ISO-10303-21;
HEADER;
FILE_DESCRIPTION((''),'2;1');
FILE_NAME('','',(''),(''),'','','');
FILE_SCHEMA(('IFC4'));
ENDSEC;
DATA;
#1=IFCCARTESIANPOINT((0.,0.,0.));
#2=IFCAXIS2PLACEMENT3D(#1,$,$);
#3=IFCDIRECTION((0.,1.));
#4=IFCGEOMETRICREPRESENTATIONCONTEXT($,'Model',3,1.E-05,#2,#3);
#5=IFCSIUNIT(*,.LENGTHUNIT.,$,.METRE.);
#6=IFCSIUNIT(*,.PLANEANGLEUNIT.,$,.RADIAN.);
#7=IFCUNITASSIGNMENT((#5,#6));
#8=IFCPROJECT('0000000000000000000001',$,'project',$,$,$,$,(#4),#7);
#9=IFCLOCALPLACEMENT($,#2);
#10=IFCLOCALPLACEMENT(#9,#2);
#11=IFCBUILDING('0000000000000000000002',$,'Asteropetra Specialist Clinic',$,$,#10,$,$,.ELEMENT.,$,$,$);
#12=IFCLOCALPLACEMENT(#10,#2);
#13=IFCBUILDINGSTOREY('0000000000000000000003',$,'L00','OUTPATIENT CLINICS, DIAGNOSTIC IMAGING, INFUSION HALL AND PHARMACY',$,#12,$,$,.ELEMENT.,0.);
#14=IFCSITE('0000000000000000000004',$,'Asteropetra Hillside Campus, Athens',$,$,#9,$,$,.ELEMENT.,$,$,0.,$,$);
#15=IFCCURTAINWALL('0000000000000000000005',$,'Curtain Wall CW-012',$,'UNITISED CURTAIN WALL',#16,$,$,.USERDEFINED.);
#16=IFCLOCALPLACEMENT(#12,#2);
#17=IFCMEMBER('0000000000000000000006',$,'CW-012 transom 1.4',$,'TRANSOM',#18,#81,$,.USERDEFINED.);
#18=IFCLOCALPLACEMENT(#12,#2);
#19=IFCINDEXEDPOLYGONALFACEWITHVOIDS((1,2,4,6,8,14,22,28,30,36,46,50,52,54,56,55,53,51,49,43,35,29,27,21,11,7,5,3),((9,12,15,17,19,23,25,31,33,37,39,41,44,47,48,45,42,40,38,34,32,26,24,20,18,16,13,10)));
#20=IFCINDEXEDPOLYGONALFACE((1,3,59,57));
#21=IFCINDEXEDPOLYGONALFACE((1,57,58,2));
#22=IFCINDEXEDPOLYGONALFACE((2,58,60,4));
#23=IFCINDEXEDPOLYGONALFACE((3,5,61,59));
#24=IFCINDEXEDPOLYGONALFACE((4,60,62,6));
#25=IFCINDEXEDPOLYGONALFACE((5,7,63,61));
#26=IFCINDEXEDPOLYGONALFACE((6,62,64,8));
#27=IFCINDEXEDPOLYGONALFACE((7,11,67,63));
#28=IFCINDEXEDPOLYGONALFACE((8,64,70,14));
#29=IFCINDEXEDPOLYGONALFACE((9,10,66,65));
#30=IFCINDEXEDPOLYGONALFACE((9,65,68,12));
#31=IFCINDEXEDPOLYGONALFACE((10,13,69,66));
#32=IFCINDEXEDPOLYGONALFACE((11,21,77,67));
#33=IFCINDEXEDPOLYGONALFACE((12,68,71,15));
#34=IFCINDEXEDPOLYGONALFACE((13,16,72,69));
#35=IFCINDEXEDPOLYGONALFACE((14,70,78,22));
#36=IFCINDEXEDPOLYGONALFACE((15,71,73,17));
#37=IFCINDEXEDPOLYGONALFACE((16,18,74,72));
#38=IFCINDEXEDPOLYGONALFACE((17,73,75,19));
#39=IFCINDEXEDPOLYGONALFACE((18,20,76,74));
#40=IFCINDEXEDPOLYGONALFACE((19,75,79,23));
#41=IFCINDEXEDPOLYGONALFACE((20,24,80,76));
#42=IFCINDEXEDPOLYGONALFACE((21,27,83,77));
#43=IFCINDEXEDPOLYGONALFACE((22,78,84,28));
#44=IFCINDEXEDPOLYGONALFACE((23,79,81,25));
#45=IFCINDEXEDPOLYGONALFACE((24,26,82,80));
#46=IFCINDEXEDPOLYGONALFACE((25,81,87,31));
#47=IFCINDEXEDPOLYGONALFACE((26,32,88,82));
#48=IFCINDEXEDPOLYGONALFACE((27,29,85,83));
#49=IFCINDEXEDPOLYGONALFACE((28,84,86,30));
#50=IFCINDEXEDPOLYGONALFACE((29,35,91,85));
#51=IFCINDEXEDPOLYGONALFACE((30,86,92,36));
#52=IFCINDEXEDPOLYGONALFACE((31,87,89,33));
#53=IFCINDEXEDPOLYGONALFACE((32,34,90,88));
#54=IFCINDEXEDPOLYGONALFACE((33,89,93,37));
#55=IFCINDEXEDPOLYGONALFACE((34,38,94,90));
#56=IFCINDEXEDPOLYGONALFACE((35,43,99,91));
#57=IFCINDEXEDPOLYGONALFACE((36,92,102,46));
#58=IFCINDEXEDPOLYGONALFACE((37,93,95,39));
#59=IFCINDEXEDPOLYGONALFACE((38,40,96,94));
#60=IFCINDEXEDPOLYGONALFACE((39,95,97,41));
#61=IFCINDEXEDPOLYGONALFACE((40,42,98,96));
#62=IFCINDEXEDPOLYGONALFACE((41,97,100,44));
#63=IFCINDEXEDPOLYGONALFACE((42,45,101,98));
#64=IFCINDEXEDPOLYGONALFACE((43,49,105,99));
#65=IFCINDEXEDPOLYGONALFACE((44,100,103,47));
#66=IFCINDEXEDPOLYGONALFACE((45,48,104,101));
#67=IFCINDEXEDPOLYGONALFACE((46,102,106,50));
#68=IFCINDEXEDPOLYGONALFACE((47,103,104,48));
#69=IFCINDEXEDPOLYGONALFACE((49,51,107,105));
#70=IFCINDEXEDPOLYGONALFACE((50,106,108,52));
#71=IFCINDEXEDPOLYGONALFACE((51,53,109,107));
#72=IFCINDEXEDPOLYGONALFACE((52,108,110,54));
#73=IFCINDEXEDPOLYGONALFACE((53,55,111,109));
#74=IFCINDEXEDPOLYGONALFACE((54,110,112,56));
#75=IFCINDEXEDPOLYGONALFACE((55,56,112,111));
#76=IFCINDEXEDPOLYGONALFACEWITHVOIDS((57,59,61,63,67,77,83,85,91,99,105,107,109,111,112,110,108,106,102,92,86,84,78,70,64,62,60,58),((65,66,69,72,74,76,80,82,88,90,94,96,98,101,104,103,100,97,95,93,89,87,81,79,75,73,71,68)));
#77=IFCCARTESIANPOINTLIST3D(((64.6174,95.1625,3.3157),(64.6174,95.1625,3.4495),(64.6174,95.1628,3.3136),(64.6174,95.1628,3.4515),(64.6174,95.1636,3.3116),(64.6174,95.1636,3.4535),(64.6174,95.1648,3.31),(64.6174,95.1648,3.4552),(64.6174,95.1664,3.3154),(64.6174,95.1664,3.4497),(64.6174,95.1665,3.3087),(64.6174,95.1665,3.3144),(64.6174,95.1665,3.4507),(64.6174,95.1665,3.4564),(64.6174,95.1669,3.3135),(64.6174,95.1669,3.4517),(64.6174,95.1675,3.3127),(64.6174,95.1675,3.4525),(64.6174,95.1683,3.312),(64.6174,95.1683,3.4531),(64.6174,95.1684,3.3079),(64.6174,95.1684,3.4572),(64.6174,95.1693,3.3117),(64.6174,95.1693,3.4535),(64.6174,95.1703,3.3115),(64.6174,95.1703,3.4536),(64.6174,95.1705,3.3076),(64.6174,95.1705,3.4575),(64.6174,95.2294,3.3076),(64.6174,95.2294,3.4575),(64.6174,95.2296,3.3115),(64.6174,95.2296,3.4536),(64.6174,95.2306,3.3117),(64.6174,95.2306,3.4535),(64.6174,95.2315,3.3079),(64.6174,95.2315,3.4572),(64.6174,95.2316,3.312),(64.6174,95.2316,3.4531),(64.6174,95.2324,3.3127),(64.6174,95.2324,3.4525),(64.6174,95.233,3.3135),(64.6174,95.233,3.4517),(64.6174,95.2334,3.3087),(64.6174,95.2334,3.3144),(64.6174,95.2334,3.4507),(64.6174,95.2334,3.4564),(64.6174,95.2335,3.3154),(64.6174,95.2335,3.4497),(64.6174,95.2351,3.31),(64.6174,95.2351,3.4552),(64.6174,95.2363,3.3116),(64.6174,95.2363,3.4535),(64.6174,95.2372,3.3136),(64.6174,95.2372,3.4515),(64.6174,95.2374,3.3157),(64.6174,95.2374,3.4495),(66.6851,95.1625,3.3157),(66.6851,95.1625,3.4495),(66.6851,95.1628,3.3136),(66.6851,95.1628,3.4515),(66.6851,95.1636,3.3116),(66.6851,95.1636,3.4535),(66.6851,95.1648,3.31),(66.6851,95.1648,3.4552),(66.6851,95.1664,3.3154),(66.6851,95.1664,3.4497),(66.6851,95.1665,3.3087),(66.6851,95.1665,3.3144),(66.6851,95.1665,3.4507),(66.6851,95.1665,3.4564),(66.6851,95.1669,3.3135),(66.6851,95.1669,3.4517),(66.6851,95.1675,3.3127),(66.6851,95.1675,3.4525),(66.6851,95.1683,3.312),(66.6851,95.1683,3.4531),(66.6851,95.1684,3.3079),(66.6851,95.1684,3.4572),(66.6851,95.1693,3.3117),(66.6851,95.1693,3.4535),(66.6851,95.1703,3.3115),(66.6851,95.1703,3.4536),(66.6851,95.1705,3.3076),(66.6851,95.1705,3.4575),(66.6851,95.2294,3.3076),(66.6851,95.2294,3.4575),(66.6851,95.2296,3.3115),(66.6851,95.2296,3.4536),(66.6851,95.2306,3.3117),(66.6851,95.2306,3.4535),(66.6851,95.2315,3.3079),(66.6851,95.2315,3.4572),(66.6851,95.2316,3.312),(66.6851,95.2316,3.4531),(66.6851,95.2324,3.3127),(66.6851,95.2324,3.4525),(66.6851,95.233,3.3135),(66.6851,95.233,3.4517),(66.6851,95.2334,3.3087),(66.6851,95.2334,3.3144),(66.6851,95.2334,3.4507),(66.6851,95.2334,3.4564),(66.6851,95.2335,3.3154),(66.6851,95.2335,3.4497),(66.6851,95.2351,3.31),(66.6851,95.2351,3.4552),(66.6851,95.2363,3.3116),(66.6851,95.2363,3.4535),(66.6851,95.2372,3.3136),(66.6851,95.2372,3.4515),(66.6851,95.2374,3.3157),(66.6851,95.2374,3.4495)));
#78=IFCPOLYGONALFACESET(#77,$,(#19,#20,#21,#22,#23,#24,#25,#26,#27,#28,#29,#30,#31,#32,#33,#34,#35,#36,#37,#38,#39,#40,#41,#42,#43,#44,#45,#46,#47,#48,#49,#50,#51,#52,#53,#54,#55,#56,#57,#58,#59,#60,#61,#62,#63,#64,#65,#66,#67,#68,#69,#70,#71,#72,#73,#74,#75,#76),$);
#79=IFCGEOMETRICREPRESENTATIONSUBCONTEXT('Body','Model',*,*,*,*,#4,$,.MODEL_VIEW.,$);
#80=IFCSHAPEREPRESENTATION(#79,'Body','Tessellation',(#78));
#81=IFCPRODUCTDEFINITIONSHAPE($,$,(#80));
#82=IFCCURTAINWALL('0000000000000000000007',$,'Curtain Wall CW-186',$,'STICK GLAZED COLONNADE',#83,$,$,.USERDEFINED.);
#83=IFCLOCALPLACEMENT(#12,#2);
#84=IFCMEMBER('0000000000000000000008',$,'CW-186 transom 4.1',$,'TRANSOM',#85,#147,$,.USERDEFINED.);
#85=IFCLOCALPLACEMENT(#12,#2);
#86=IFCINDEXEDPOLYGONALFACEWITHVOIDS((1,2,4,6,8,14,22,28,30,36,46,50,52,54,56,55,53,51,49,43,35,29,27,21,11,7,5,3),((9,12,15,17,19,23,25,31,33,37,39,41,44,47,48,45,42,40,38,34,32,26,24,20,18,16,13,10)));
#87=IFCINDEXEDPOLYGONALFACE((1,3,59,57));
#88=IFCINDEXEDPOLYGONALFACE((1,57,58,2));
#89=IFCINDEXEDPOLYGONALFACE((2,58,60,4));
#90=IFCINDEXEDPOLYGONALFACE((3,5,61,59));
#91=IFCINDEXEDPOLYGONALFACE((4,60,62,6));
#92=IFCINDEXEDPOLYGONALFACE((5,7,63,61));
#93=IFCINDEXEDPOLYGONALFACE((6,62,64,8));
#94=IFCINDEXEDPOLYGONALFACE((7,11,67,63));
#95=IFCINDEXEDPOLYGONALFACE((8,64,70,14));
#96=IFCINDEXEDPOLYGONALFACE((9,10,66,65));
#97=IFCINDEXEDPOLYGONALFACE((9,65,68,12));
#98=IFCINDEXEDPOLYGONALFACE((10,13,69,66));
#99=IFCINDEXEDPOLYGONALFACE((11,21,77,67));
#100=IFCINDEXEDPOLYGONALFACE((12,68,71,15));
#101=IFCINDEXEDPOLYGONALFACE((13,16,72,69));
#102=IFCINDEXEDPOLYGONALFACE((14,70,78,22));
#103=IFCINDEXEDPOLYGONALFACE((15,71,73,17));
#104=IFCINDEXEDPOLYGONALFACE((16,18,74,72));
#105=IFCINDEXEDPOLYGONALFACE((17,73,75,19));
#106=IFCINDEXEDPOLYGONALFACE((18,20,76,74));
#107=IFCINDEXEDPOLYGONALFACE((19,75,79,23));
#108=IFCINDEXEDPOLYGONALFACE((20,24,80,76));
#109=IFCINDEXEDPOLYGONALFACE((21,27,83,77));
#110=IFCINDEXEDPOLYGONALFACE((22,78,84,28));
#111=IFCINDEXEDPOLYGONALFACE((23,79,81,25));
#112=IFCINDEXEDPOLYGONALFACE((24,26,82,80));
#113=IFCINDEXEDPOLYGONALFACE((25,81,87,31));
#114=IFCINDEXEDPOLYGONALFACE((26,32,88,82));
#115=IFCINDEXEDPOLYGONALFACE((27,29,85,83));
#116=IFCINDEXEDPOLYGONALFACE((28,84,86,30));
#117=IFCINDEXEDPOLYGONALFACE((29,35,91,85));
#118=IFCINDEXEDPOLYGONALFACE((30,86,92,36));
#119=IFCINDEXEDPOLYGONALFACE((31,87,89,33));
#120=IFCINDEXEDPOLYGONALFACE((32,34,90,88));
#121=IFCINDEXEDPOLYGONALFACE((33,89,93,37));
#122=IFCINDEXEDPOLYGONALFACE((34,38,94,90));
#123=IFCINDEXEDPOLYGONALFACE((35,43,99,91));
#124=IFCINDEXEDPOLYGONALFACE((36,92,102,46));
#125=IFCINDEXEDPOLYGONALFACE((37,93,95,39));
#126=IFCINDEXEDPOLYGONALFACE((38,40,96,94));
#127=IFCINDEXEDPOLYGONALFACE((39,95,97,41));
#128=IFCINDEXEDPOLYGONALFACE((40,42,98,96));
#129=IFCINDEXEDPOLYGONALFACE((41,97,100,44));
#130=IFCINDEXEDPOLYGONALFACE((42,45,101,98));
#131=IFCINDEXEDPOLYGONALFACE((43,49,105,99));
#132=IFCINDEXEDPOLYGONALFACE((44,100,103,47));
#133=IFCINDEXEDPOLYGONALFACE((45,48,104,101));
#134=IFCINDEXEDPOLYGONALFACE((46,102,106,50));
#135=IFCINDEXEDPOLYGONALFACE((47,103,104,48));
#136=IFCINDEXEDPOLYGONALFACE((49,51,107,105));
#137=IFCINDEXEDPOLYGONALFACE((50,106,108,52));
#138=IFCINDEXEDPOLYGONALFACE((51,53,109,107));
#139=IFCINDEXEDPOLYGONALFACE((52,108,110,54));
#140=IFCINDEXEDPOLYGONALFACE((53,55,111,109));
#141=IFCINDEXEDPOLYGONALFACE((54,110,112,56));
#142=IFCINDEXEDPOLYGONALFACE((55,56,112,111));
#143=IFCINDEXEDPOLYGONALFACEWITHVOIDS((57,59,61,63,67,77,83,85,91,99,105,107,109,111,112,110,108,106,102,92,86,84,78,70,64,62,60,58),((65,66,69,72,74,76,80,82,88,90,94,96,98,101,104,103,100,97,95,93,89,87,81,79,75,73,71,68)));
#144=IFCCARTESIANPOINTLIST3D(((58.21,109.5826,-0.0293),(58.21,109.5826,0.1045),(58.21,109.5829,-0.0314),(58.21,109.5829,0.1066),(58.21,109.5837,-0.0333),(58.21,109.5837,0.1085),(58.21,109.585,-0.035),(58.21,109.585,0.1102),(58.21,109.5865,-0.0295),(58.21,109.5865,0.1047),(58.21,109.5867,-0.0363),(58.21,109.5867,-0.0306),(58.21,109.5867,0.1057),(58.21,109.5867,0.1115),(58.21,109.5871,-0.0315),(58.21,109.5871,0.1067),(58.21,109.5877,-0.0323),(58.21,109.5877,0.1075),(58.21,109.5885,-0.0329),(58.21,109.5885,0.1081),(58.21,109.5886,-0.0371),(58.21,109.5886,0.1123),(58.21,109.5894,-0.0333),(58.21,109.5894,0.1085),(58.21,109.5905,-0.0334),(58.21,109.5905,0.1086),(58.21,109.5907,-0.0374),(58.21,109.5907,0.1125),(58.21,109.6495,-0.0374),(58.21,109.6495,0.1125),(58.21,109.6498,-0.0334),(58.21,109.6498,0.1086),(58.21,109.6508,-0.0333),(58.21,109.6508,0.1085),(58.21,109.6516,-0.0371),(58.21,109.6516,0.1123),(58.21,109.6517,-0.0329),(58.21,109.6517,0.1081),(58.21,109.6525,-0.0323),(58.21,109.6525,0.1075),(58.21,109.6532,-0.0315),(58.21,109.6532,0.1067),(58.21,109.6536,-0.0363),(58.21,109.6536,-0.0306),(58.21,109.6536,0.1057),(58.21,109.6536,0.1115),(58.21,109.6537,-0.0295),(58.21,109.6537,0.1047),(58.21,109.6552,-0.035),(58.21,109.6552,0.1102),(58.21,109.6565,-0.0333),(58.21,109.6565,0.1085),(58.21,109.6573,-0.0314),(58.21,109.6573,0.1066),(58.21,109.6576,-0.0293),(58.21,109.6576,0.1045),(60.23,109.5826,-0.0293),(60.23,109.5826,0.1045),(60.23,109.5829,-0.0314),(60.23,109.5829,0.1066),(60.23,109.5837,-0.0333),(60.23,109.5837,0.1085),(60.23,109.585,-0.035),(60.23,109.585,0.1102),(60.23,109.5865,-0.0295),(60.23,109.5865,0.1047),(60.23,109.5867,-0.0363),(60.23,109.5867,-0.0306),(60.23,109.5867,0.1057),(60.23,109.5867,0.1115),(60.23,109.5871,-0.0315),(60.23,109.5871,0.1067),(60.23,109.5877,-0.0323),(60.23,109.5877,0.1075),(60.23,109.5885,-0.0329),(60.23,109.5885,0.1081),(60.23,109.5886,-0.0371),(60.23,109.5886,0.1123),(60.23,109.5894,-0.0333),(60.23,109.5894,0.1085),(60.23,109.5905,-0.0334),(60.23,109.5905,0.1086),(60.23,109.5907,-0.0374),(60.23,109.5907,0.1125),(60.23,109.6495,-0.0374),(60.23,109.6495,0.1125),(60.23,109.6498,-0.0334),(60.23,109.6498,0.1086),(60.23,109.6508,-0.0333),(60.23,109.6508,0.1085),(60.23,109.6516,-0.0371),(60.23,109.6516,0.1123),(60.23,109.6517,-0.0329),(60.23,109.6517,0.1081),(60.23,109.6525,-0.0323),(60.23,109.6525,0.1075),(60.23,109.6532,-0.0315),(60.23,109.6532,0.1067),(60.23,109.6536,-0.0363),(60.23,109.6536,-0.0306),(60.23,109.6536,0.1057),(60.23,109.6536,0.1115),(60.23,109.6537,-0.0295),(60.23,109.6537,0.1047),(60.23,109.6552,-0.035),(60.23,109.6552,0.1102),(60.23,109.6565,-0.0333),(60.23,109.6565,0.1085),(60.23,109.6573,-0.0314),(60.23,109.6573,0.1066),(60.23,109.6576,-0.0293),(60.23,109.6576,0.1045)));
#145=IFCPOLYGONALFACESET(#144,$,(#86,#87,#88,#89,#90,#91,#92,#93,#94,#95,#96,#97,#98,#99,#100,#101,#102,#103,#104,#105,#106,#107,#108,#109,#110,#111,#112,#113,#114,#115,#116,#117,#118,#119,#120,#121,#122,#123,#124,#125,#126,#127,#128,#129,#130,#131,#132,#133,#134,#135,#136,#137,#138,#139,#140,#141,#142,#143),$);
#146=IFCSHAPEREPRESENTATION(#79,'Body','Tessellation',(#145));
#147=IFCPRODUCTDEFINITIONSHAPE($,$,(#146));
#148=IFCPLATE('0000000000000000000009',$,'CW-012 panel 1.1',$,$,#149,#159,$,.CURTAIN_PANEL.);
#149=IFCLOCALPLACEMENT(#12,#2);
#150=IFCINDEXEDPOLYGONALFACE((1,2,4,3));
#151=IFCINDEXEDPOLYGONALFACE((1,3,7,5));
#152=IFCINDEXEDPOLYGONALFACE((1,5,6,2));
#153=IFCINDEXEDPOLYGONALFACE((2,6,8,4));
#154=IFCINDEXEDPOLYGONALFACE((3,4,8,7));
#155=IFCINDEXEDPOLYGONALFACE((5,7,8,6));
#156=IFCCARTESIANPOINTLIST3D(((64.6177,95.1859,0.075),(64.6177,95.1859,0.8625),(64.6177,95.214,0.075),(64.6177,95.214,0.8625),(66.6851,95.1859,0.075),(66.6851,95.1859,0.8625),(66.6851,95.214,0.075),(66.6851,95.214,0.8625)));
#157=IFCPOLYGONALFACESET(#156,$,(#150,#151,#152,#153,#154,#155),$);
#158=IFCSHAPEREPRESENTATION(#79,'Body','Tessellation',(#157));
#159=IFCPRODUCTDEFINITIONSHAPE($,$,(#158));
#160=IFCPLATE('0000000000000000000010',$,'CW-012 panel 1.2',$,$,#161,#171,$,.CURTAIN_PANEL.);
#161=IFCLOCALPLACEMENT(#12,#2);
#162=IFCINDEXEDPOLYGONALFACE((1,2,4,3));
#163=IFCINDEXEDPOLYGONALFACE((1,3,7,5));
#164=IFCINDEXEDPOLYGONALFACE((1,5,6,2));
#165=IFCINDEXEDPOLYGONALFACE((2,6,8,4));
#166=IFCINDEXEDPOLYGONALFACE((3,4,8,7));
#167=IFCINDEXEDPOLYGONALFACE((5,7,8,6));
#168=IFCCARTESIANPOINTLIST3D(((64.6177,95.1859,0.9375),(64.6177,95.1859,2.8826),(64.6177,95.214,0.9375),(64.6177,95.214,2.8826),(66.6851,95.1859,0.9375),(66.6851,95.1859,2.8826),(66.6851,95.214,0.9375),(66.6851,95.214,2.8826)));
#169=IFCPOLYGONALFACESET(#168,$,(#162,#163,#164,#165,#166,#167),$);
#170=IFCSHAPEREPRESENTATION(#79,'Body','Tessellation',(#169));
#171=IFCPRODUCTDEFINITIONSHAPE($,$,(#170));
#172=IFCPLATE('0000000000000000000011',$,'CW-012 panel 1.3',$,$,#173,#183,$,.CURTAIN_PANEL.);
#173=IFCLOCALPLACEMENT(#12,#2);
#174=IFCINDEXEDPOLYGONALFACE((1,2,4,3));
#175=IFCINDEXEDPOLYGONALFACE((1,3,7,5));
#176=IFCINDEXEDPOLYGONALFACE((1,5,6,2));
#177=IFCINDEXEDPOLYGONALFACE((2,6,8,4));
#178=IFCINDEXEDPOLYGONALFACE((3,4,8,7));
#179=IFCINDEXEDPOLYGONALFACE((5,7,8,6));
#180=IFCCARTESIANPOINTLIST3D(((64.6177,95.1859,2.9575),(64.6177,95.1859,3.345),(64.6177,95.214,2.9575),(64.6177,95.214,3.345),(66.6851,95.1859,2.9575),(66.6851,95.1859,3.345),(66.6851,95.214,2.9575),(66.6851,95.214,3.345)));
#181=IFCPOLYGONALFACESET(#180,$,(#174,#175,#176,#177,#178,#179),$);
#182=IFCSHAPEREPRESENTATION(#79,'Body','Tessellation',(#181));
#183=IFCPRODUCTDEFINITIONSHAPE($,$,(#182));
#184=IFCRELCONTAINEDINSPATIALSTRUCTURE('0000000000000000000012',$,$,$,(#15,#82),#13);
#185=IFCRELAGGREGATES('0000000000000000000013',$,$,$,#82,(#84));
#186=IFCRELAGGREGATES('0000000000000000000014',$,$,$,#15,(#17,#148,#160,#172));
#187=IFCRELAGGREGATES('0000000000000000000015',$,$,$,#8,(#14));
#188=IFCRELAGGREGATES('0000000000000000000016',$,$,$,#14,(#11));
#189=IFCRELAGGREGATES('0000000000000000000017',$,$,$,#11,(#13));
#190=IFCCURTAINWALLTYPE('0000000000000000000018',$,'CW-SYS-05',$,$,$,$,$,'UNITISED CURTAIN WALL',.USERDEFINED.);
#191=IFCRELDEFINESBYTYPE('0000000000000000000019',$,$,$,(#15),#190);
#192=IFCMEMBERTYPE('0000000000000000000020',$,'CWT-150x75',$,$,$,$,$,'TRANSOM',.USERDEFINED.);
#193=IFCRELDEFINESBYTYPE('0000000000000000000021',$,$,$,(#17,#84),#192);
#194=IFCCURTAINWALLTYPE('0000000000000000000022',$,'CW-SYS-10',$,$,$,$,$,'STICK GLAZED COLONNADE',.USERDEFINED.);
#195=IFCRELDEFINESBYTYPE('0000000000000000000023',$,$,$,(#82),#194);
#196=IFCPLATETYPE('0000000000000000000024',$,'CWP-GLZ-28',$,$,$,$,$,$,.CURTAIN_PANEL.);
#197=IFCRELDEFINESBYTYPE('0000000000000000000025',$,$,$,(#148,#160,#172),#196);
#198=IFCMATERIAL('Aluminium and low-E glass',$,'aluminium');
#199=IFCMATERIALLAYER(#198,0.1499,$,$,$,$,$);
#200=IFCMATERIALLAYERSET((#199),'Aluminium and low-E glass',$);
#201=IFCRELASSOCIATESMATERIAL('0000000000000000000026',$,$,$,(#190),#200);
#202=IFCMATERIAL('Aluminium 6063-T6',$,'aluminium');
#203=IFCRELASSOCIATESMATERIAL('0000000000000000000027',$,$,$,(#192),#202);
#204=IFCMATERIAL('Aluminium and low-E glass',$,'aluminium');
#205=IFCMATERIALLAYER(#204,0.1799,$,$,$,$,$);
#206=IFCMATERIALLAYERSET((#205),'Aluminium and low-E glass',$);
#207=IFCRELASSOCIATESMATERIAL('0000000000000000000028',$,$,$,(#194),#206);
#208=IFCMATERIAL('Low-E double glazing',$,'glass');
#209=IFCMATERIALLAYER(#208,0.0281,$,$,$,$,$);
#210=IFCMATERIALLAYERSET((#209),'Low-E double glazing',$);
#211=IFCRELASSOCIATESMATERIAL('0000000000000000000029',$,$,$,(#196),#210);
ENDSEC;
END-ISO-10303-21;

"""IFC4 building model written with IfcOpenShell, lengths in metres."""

from ifc_helpers import new_model, si_unit, direction, frame, origin, origin_2d, place, context, subcontext, project, spatial, rectangle, hollow_rectangle, extrude, material, layer, layer_set, material_profile, profile_set, type_object, element, aggregate, save


model = new_model("IFC4")

# Units and contexts
model_context = context("Model", 3, precision=1e-05, world=origin(), true_north=direction((0.0, 1.0)))
body_context = subcontext(model_context, "Body", "Model", "MODEL_VIEW")
ifc_project = project(units=[si_unit("LENGTHUNIT", "METRE"), si_unit("PLANEANGLEUNIT", "RADIAN")], contexts=[model_context])

# Site, building, storey
site_placement = place(None, origin())
site = spatial("IfcSite", under=ifc_project, at=site_placement, Name="Asteropetra Hillside Campus, Athens", CompositionType="ELEMENT", RefElevation=0.0)
building_placement = place(site_placement, origin())
building = spatial("IfcBuilding", under=site, at=building_placement, Name="Asteropetra Specialist Clinic", CompositionType="ELEMENT")
storey_placement = place(building_placement, origin())
storey = spatial("IfcBuildingStorey", under=building, at=storey_placement, Name="L00", Description="OUTPATIENT CLINICS, DIAGNOSTIC IMAGING, INFUSION HALL AND PHARMACY", CompositionType="ELEMENT", Elevation=0.0)

# Curtain wall, member
ifc_material_1 = material(Name="Aluminium and low-E glass", Category="aluminium")
ifc_layer_1 = layer(ifc_material_1, 0.1499)
ifc_layer_set_1 = layer_set([ifc_layer_1], Name="Aluminium and low-E glass")
curtain_wall_type_1 = type_object("IfcCurtainWallType", Name="CW-SYS-05", ElementType="UNITISED CURTAIN WALL", PredefinedType="USERDEFINED", material=ifc_layer_set_1)
curtain_wall_1_placement = place(storey_placement, origin())
curtain_wall_1 = element("IfcCurtainWall", 1, at=curtain_wall_1_placement, inside=storey, type_object=curtain_wall_type_1, Name="Curtain Wall CW-012", ObjectType="UNITISED CURTAIN WALL", PredefinedType="USERDEFINED")
ifc_material_2 = material(Name="Aluminium 6063-T6", Category="aluminium")
ifc_material_profile_1 = material_profile(ifc_material_2, hollow_rectangle(XDim=0.075, YDim=0.1499, WallThickness=0.0039, InnerFilletRadius=0.0039, OuterFilletRadius=0.0081, at=origin_2d()), Name="TRN 150x75x4.0")
ifc_profile_set_1 = profile_set([ifc_material_profile_1], Name="Aluminium 6063-T6")
member_type_1 = type_object("IfcMemberType", Name="CWT-150x75", ElementType="TRANSOM", PredefinedType="USERDEFINED", material=ifc_profile_set_1)
member_1_placement = place(storey_placement, frame((66.6851, 95.2, 3.3826), z_axis=(-1.0, 0.0, 0.0), x_axis=(0.0, -1.0, 0.0)))
member_1 = element("IfcMember", 2, at=member_1_placement, type_object=member_type_1, Name="CW-012 transom 1.4", ObjectType="TRANSOM", PredefinedType="USERDEFINED", context=body_context, shape_type="SweptSolid", body=[
    extrude(hollow_rectangle(XDim=0.075, YDim=0.1499, WallThickness=0.0039, InnerFilletRadius=0.0039, OuterFilletRadius=0.0081, at=origin_2d()), origin(), (0.0, 0.0, 1.0), 2.0676),
])

# Curtain wall, member
ifc_material_3 = material(Name="Aluminium and low-E glass", Category="aluminium")
ifc_layer_2 = layer(ifc_material_3, 0.1799)
ifc_layer_set_2 = layer_set([ifc_layer_2], Name="Aluminium and low-E glass")
curtain_wall_type_2 = type_object("IfcCurtainWallType", Name="CW-SYS-10", ElementType="STICK GLAZED COLONNADE", PredefinedType="USERDEFINED", material=ifc_layer_set_2)
curtain_wall_2_placement = place(storey_placement, origin())
curtain_wall_2 = element("IfcCurtainWall", 3, at=curtain_wall_2_placement, inside=storey, type_object=curtain_wall_type_2, Name="Curtain Wall CW-186", ObjectType="STICK GLAZED COLONNADE", PredefinedType="USERDEFINED")
member_2_placement = place(storey_placement, frame((60.23, 109.6201, 0.0376), z_axis=(-1.0, 0.0, 0.0), x_axis=(0.0, -1.0, 0.0)))
member_2 = element("IfcMember", 4, at=member_2_placement, type_object=member_type_1, Name="CW-186 transom 4.1", ObjectType="TRANSOM", PredefinedType="USERDEFINED", context=body_context, shape_type="SweptSolid", body=[
    extrude(hollow_rectangle(XDim=0.075, YDim=0.1499, WallThickness=0.0039, InnerFilletRadius=0.0039, OuterFilletRadius=0.0081, at=origin_2d()), origin(), (0.0, 0.0, 1.0), 2.02),
])
aggregate(curtain_wall_2, [member_2])

# Plates
ifc_material_4 = material(Name="Low-E double glazing", Category="glass")
ifc_layer_3 = layer(ifc_material_4, 0.0281)
ifc_layer_set_3 = layer_set([ifc_layer_3], Name="Low-E double glazing")
plate_type = type_object("IfcPlateType", Name="CWP-GLZ-28", PredefinedType="CURTAIN_PANEL", material=ifc_layer_set_3)
plate_1_placement = place(storey_placement, frame((65.6514, 95.2, 0.075), z_axis=(0.0, 0.0, 1.0), x_axis=(-1.0, 0.0, 0.0)))
plate_1 = element("IfcPlate", 5, at=plate_1_placement, type_object=plate_type, Name="CW-012 panel 1.1", PredefinedType="CURTAIN_PANEL", context=body_context, shape_type="SweptSolid", body=[
    extrude(rectangle(XDim=2.0674, YDim=0.0281, at=origin_2d()), origin(), (0.0, 0.0, 1.0), 0.7876),
])
plate_2_placement = place(storey_placement, frame((65.6514, 95.2, 0.9375), z_axis=(0.0, 0.0, 1.0), x_axis=(-1.0, 0.0, 0.0)))
plate_2 = element("IfcPlate", 6, at=plate_2_placement, type_object=plate_type, Name="CW-012 panel 1.2", PredefinedType="CURTAIN_PANEL", context=body_context, shape_type="SweptSolid", body=[
    extrude(rectangle(XDim=2.0674, YDim=0.0281, at=origin_2d()), origin(), (0.0, 0.0, 1.0), 1.9451),
])
plate_3_placement = place(storey_placement, frame((65.6514, 95.2, 2.9575), z_axis=(0.0, 0.0, 1.0), x_axis=(-1.0, 0.0, 0.0)))
plate_3 = element("IfcPlate", 7, at=plate_3_placement, type_object=plate_type, Name="CW-012 panel 1.3", PredefinedType="CURTAIN_PANEL", context=body_context, shape_type="SweptSolid", body=[
    extrude(rectangle(XDim=2.0674, YDim=0.0281, at=origin_2d()), origin(), (0.0, 0.0, 1.0), 0.3875),
])
aggregate(curtain_wall_1, [member_1, plate_1, plate_2, plate_3])

save(model, "model.ifc")
